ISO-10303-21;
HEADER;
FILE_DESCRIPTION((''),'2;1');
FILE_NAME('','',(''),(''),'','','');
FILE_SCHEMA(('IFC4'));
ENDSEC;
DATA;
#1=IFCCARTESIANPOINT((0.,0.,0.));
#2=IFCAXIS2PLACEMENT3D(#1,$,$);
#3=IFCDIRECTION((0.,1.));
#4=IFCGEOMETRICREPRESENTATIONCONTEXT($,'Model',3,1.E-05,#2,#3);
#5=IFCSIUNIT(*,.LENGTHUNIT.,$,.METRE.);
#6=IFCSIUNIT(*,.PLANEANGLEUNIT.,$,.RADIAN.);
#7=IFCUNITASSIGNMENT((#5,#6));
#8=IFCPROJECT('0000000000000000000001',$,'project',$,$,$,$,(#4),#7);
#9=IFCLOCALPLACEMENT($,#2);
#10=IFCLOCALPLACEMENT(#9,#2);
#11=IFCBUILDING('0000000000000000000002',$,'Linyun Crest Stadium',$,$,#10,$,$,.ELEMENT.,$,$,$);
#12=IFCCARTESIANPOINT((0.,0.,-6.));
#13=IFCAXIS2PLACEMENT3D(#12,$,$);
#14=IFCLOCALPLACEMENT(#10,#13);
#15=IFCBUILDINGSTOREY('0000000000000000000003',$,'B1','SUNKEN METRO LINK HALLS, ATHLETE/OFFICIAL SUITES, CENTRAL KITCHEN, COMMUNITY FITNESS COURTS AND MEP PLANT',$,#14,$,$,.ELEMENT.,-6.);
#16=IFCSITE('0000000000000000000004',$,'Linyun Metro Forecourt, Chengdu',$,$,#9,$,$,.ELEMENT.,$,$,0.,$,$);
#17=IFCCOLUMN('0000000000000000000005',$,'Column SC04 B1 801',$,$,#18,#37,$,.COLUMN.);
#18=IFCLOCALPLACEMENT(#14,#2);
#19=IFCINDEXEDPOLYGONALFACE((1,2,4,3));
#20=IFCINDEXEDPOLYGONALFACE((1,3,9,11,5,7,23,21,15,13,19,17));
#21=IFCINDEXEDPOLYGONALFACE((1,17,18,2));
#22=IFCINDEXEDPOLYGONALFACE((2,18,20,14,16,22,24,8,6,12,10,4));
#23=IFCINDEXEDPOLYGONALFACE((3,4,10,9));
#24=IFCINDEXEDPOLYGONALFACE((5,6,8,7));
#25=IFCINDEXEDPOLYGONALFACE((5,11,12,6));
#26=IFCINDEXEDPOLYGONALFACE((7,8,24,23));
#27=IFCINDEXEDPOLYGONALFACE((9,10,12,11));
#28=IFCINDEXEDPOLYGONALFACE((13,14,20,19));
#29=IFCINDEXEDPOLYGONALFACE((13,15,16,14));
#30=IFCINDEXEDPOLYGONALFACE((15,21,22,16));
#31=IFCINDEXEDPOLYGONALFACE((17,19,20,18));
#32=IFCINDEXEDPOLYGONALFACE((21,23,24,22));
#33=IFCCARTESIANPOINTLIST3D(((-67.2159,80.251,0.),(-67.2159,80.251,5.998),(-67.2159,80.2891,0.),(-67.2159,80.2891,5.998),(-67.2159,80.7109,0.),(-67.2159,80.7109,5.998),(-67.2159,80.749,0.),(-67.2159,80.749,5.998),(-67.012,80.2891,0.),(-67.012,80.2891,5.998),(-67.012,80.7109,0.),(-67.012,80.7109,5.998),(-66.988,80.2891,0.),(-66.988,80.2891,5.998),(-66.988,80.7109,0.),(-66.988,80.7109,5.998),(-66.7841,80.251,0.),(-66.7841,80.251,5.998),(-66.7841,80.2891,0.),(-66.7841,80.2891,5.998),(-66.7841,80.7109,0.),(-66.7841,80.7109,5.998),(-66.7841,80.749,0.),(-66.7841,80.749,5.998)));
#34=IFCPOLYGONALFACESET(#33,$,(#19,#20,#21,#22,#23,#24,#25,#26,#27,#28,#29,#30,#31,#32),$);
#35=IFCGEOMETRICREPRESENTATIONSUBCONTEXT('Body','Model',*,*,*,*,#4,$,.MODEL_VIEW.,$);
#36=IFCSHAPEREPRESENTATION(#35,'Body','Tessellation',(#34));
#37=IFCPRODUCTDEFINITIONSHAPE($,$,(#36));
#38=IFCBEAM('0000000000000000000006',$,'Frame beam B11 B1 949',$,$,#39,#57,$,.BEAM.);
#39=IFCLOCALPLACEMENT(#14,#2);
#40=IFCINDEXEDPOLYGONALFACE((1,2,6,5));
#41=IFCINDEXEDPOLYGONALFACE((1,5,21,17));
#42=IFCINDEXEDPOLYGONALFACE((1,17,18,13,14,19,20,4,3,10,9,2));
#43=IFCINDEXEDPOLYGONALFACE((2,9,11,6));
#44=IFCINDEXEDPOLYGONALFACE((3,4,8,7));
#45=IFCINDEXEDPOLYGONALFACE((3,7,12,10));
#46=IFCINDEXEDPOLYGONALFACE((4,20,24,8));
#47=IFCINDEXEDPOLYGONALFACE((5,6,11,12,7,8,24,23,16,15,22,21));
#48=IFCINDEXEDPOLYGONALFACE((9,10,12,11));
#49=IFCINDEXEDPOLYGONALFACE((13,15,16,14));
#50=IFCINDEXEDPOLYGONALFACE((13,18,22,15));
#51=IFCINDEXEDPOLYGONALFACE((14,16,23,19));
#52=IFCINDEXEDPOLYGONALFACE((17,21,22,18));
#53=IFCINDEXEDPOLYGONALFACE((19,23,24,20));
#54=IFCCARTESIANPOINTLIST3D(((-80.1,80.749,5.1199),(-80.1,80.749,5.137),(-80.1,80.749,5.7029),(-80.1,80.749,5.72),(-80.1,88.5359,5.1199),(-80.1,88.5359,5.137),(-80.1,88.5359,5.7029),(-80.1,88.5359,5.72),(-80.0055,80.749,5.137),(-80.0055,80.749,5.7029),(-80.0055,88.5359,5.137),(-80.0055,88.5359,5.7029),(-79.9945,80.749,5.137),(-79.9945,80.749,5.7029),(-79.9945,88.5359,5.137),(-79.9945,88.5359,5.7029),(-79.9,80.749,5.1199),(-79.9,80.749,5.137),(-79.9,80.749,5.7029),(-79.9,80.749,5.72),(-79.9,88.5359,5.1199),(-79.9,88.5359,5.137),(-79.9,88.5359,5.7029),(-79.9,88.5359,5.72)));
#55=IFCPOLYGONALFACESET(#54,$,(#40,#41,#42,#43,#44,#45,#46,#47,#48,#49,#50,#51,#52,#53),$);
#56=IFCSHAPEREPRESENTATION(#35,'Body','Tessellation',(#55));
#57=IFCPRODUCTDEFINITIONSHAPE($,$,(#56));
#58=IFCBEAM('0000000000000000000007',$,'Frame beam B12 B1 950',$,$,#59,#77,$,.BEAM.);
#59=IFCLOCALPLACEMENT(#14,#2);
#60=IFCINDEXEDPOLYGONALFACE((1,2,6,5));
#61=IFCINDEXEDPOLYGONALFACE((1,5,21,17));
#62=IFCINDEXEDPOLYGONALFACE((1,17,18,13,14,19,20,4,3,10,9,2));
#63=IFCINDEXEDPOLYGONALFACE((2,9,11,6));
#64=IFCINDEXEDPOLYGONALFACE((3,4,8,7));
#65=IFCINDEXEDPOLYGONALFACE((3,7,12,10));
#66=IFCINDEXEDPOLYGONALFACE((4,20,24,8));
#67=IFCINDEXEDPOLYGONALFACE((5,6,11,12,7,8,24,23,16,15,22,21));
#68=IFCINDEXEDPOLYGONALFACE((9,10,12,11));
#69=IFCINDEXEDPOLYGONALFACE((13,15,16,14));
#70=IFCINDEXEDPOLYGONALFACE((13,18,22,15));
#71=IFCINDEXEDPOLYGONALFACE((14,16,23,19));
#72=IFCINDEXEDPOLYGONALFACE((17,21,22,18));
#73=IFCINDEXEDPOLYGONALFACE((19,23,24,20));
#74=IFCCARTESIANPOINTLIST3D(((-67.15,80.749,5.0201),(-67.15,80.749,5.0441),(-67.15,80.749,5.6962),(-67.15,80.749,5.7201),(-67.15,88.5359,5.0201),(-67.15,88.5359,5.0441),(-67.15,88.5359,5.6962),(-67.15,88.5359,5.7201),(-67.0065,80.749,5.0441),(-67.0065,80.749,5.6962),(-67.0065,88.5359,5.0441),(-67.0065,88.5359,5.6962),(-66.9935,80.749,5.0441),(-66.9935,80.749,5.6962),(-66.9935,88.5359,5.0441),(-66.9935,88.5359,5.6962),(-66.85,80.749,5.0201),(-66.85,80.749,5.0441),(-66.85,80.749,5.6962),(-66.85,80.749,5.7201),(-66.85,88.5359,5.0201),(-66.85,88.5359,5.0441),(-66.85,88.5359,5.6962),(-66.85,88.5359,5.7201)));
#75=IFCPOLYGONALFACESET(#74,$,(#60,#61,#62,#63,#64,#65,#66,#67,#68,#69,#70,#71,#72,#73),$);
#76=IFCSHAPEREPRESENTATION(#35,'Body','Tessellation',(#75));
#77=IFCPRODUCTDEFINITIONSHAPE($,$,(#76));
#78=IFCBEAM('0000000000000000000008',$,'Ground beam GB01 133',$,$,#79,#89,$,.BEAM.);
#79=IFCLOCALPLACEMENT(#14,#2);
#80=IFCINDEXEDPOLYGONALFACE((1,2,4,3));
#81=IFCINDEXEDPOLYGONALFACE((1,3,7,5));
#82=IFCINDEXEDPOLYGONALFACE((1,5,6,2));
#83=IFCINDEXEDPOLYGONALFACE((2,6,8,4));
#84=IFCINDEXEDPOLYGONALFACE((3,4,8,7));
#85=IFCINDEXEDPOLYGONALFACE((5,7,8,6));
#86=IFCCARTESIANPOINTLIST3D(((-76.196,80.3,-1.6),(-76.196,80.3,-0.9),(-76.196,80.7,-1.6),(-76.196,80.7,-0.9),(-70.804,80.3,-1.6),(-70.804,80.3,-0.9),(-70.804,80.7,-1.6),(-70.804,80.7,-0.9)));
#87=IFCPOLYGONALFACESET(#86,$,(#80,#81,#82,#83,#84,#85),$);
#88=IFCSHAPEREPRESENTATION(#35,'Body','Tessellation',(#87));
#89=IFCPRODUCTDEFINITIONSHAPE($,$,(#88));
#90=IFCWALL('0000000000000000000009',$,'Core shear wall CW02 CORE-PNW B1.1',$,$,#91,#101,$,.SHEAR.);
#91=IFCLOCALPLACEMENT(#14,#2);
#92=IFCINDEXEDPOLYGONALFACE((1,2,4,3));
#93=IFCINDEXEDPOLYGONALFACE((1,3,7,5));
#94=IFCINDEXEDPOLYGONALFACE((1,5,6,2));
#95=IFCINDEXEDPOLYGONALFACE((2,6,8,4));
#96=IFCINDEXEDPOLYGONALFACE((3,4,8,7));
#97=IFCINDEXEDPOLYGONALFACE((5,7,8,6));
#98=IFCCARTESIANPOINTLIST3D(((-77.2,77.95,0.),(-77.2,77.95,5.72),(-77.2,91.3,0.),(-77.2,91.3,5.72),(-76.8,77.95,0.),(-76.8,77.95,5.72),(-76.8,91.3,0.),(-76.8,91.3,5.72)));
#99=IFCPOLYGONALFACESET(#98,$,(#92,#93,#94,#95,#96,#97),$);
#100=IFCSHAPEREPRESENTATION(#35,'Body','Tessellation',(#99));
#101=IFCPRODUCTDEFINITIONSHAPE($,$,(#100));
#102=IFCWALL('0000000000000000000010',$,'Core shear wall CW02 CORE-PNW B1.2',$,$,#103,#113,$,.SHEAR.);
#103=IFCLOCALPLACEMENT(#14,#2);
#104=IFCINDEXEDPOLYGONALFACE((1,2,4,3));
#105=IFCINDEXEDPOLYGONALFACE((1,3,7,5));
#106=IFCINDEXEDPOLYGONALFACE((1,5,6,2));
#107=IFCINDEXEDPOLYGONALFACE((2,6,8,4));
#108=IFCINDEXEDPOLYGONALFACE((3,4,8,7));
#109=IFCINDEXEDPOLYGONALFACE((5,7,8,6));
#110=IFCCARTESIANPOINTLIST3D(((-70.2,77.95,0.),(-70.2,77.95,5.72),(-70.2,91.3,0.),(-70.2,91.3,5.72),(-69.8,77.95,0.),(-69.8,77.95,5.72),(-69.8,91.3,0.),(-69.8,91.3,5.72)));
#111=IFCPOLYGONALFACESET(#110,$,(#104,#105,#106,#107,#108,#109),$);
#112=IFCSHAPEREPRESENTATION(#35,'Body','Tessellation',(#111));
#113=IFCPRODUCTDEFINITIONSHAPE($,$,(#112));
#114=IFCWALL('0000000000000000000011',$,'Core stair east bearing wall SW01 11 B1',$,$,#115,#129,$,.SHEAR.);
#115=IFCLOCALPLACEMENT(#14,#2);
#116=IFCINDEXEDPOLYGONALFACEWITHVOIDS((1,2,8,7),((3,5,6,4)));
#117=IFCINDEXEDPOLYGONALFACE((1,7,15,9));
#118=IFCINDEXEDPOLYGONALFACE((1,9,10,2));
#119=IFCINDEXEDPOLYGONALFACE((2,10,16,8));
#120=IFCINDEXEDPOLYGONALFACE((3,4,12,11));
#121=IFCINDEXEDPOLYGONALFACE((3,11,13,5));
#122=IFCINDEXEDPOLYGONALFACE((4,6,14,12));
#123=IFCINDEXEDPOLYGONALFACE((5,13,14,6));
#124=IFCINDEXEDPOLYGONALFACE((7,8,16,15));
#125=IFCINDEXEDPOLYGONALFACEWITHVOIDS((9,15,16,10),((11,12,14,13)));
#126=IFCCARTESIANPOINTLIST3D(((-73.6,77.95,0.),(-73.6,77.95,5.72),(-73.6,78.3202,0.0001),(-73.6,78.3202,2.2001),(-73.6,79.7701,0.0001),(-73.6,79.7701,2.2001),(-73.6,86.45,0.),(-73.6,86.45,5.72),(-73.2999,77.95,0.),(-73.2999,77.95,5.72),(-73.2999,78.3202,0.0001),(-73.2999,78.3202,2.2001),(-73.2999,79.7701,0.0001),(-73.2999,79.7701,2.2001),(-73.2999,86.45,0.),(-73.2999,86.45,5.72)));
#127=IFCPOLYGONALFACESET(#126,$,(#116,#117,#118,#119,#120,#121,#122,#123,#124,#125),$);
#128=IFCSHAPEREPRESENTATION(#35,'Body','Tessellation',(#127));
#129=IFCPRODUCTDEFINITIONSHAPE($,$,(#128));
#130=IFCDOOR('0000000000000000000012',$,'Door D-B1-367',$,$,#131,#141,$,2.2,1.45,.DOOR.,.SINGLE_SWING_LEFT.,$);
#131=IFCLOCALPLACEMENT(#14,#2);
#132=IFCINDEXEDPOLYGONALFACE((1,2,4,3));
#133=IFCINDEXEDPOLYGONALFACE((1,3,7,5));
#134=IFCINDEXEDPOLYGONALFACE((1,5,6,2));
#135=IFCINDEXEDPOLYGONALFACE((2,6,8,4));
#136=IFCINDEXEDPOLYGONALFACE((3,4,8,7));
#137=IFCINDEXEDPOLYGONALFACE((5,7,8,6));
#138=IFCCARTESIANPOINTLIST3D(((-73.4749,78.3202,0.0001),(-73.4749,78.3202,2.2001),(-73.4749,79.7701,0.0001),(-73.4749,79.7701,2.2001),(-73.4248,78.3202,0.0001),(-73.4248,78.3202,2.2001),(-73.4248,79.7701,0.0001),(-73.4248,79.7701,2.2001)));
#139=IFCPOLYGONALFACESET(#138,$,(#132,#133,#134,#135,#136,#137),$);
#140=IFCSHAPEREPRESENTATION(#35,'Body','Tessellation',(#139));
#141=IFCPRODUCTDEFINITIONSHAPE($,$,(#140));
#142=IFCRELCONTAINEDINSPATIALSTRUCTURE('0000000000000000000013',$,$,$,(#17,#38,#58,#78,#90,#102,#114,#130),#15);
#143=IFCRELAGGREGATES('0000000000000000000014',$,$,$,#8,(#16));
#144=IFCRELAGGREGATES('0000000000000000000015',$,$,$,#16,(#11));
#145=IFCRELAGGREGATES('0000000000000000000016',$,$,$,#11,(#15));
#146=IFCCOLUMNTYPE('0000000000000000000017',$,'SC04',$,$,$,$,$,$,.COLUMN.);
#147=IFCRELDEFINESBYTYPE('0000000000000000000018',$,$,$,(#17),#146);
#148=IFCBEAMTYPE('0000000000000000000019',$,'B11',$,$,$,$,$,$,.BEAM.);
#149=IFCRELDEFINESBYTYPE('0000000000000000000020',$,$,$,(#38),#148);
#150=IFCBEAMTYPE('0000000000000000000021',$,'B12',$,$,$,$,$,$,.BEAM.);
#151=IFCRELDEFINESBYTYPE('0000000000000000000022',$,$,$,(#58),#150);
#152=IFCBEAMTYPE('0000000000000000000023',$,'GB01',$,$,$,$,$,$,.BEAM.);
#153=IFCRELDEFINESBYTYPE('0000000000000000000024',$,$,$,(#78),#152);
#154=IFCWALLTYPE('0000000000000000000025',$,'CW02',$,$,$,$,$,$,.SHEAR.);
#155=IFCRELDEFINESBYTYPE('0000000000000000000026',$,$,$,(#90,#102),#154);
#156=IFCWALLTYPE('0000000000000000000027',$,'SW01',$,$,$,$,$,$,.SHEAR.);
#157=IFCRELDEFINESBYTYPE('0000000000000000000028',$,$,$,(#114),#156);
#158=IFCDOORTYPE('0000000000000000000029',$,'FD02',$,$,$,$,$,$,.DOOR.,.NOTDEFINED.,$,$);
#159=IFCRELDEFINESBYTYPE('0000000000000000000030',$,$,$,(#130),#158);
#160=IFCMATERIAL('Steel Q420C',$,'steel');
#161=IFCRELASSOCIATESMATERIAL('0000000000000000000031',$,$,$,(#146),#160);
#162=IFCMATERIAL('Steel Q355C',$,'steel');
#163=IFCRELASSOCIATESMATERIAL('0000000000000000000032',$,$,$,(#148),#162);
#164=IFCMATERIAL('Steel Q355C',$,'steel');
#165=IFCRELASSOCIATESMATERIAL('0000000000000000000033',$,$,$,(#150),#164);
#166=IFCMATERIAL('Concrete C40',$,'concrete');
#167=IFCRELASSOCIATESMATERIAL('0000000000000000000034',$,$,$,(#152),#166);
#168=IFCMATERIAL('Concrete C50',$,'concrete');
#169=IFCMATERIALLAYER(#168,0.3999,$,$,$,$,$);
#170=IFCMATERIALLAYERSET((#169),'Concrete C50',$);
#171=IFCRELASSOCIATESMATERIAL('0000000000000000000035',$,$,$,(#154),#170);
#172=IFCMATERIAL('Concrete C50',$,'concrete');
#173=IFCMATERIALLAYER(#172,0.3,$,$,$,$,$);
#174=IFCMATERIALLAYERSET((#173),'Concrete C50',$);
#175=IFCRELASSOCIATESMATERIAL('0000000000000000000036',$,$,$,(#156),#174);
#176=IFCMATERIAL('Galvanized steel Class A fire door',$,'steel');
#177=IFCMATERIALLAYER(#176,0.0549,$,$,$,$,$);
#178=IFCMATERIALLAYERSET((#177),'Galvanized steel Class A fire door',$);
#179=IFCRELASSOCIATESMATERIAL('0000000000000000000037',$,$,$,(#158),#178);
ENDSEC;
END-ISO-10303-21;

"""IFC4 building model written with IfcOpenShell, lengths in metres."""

from ifc_helpers import new_model, si_unit, direction, frame, frame_2d, origin, origin_2d, place, context, subcontext, project, spatial, rectangle, i_section, extrude, material, layer, layer_set, material_profile, profile_set, type_object, element, fill, save


model = new_model("IFC4")

# Units and contexts
model_context = context("Model", 3, precision=1e-05, world=origin(), true_north=direction((0.0, 1.0)))
body_context = subcontext(model_context, "Body", "Model", "MODEL_VIEW")
ifc_project = project(units=[si_unit("LENGTHUNIT", "METRE"), si_unit("PLANEANGLEUNIT", "RADIAN")], contexts=[model_context])

# Site, building, storey
site_placement = place(None, origin())
site = spatial("IfcSite", under=ifc_project, at=site_placement, Name="Linyun Metro Forecourt, Chengdu", CompositionType="ELEMENT", RefElevation=0.0)
building_placement = place(site_placement, origin())
building = spatial("IfcBuilding", under=site, at=building_placement, Name="Linyun Crest Stadium", CompositionType="ELEMENT")
storey_placement = place(building_placement, frame((0.0, 0.0, -6.0)))
storey = spatial("IfcBuildingStorey", under=building, at=storey_placement, Name="B1", Description="SUNKEN METRO LINK HALLS, ATHLETE/OFFICIAL SUITES, CENTRAL KITCHEN, COMMUNITY FITNESS COURTS AND MEP PLANT", CompositionType="ELEMENT", Elevation=-6.0)

# Column
ifc_material_1 = material(Name="Steel Q420C", Category="steel")
ifc_material_profile_1 = material_profile(ifc_material_1, i_section(OverallWidth=0.4319, OverallDepth=0.498, WebThickness=0.0239, FlangeThickness=0.0381, at=origin_2d()), Name="HW 498x432")
ifc_profile_set_1 = profile_set([ifc_material_profile_1], Name="Steel Q420C")
column_type_1 = type_object("IfcColumnType", Name="SC04", PredefinedType="COLUMN", material=ifc_profile_set_1)
for number, where, z_axis, x_axis, name in (
    (1, (-67.0, 80.5, 0.0), (0.0, 0.0, 1.0), (1.0, 0.0, 0.0), "Column SC04 B1 801"),
):
    element("IfcColumn", number, at=place(storey_placement, frame(where, z_axis=z_axis, x_axis=x_axis)), inside=storey, type_object=column_type_1, Name=name, PredefinedType="COLUMN", context=body_context, shape_type="SweptSolid", body=[
        extrude(i_section(OverallWidth=0.4319, OverallDepth=0.498, WebThickness=0.0239, FlangeThickness=0.0381, at=origin_2d()), origin(), (0.0, 0.0, 1.0), 5.998),
    ])

# Beams
ifc_material_2 = material(Name="Steel Q355C", Category="steel")
ifc_material_profile_2 = material_profile(ifc_material_2, i_section(OverallWidth=0.2, OverallDepth=0.6001, WebThickness=0.011, FlangeThickness=0.0171, at=origin_2d()), Name="HN 600x200")
ifc_profile_set_2 = profile_set([ifc_material_profile_2], Name="Steel Q355C")
beam_type_1 = type_object("IfcBeamType", Name="B11", PredefinedType="BEAM", material=ifc_profile_set_2)
beam_1_placement = place(storey_placement, frame((-80.0, 80.749, 5.4199), z_axis=(0.0, 1.0, 0.0), x_axis=(-1.0, 0.0, 0.0)))
element("IfcBeam", 2, at=beam_1_placement, inside=storey, type_object=beam_type_1, Name="Frame beam B11 B1 949", PredefinedType="BEAM", context=body_context, shape_type="SweptSolid", body=[
    extrude(i_section(OverallWidth=0.2, OverallDepth=0.6001, WebThickness=0.011, FlangeThickness=0.0171, at=origin_2d()), origin(), (0.0, 0.0, 1.0), 7.7869),
])
ifc_material_3 = material(Name="Steel Q355C", Category="steel")
ifc_material_profile_3 = material_profile(ifc_material_3, i_section(OverallWidth=0.3, OverallDepth=0.7, WebThickness=0.0129, FlangeThickness=0.0239, at=origin_2d()), Name="HN 700x300")
ifc_profile_set_3 = profile_set([ifc_material_profile_3], Name="Steel Q355C")
beam_type_2 = type_object("IfcBeamType", Name="B12", PredefinedType="BEAM", material=ifc_profile_set_3)
beam_2_placement = place(storey_placement, frame((-67.0, 80.749, 5.3701), z_axis=(0.0, 1.0, 0.0), x_axis=(-1.0, 0.0, 0.0)))
element("IfcBeam", 3, at=beam_2_placement, inside=storey, type_object=beam_type_2, Name="Frame beam B12 B1 950", PredefinedType="BEAM", context=body_context, shape_type="SweptSolid", body=[
    extrude(i_section(OverallWidth=0.3, OverallDepth=0.7, WebThickness=0.0129, FlangeThickness=0.0239, at=origin_2d()), origin(), (0.0, 0.0, 1.0), 7.7869),
])
ifc_material_4 = material(Name="Concrete C40", Category="concrete")
ifc_material_profile_4 = material_profile(ifc_material_4, rectangle(XDim=0.3999, YDim=0.7, at=origin_2d()), Name="RCB 700x400")
ifc_profile_set_4 = profile_set([ifc_material_profile_4], Name="Concrete C40")
beam_type_3 = type_object("IfcBeamType", Name="GB01", PredefinedType="BEAM", material=ifc_profile_set_4)
beam_3_placement = place(storey_placement, frame((-76.196, 80.5, -1.25), z_axis=(1.0, 0.0, 0.0), x_axis=(0.0, 1.0, 0.0)))
element("IfcBeam", 4, at=beam_3_placement, inside=storey, type_object=beam_type_3, Name="Ground beam GB01 133", PredefinedType="BEAM", context=body_context, shape_type="SweptSolid", body=[
    extrude(rectangle(XDim=0.3999, YDim=0.7, at=origin_2d()), origin(), (0.0, 0.0, 1.0), 5.3921),
])

# Walls
ifc_material_5 = material(Name="Concrete C50", Category="concrete")
ifc_layer_1 = layer(ifc_material_5, 0.3999)
ifc_layer_set_1 = layer_set([ifc_layer_1], Name="Concrete C50")
wall_type_1 = type_object("IfcWallType", Name="CW02", PredefinedType="SHEAR", material=ifc_layer_set_1)
for number, where, z_axis, x_axis, name in (
    (5, (-77.0, 77.95, 0.0), (0.0, 0.0, 1.0), (0.0, 1.0, 0.0), "Core shear wall CW02 CORE-PNW B1.1"),
    (6, (-70.0, 77.95, 0.0), (0.0, 0.0, 1.0), (0.0, 1.0, 0.0), "Core shear wall CW02 CORE-PNW B1.2"),
):
    element("IfcWall", number, at=place(storey_placement, frame(where, z_axis=z_axis, x_axis=x_axis)), inside=storey, type_object=wall_type_1, Name=name, PredefinedType="SHEAR", context=body_context, shape_type="SweptSolid", body=[
        extrude(rectangle(XDim=13.3501, YDim=0.3999, at=frame_2d((6.675, 0.0))), origin(), (0.0, 0.0, 1.0), 5.72),
    ])

# Wall, opening, door
ifc_material_6 = material(Name="Concrete C50", Category="concrete")
ifc_layer_2 = layer(ifc_material_6, 0.3)
ifc_layer_set_2 = layer_set([ifc_layer_2], Name="Concrete C50")
wall_type_2 = type_object("IfcWallType", Name="SW01", PredefinedType="SHEAR", material=ifc_layer_set_2)
wall_placement = place(storey_placement, frame((-73.45, 77.95, 0.0), z_axis=(0.0, 0.0, 1.0), x_axis=(0.0, 1.0, 0.0)))
wall = element("IfcWall", 7, at=wall_placement, inside=storey, type_object=wall_type_2, Name="Core stair east bearing wall SW01 11 B1", PredefinedType="SHEAR", context=body_context, shape_type="SweptSolid", body=[
    extrude(rectangle(XDim=8.5, YDim=0.3, at=frame_2d((4.25, 0.0))), origin(), (0.0, 0.0, 1.0), 5.72),
])
opening_placement = place(wall_placement, frame((0.3701, 0.0, 0.0)))
opening = element("IfcOpeningElement", 8, at=opening_placement, cuts=wall, PredefinedType="OPENING", context=body_context, shape_type="SweptSolid", body=[
    extrude(rectangle(XDim=1.45, YDim=2.2, at=frame_2d((0.7251, 1.1001))), frame((0.0, 0.1599, 0.0), z_axis=(0.0, -1.0, 0.0), x_axis=(1.0, 0.0, 0.0)), (0.0, 0.0, 1.0), 0.3201),
])
ifc_material_7 = material(Name="Galvanized steel Class A fire door", Category="steel")
ifc_layer_3 = layer(ifc_material_7, 0.0549)
ifc_layer_set_3 = layer_set([ifc_layer_3], Name="Galvanized steel Class A fire door")
door_type = type_object("IfcDoorType", Name="FD02", OperationType="NOTDEFINED", PredefinedType="DOOR", material=ifc_layer_set_3)
door_placement = place(opening_placement, origin())
door = element("IfcDoor", 9, at=door_placement, inside=storey, type_object=door_type, Name="Door D-B1-367", OperationType="SINGLE_SWING_LEFT", OverallHeight=2.2, OverallWidth=1.45, PredefinedType="DOOR", context=body_context, shape_type="SweptSolid", body=[
    extrude(rectangle(XDim=1.45, YDim=2.2, at=frame_2d((0.7251, 1.1001))), frame((0.0, 0.0249, 0.0), z_axis=(0.0, -1.0, 0.0), x_axis=(1.0, 0.0, 0.0)), (0.0, 0.0, 1.0), 0.05),
])
fill(opening, door)

save(model, "model.ifc")
